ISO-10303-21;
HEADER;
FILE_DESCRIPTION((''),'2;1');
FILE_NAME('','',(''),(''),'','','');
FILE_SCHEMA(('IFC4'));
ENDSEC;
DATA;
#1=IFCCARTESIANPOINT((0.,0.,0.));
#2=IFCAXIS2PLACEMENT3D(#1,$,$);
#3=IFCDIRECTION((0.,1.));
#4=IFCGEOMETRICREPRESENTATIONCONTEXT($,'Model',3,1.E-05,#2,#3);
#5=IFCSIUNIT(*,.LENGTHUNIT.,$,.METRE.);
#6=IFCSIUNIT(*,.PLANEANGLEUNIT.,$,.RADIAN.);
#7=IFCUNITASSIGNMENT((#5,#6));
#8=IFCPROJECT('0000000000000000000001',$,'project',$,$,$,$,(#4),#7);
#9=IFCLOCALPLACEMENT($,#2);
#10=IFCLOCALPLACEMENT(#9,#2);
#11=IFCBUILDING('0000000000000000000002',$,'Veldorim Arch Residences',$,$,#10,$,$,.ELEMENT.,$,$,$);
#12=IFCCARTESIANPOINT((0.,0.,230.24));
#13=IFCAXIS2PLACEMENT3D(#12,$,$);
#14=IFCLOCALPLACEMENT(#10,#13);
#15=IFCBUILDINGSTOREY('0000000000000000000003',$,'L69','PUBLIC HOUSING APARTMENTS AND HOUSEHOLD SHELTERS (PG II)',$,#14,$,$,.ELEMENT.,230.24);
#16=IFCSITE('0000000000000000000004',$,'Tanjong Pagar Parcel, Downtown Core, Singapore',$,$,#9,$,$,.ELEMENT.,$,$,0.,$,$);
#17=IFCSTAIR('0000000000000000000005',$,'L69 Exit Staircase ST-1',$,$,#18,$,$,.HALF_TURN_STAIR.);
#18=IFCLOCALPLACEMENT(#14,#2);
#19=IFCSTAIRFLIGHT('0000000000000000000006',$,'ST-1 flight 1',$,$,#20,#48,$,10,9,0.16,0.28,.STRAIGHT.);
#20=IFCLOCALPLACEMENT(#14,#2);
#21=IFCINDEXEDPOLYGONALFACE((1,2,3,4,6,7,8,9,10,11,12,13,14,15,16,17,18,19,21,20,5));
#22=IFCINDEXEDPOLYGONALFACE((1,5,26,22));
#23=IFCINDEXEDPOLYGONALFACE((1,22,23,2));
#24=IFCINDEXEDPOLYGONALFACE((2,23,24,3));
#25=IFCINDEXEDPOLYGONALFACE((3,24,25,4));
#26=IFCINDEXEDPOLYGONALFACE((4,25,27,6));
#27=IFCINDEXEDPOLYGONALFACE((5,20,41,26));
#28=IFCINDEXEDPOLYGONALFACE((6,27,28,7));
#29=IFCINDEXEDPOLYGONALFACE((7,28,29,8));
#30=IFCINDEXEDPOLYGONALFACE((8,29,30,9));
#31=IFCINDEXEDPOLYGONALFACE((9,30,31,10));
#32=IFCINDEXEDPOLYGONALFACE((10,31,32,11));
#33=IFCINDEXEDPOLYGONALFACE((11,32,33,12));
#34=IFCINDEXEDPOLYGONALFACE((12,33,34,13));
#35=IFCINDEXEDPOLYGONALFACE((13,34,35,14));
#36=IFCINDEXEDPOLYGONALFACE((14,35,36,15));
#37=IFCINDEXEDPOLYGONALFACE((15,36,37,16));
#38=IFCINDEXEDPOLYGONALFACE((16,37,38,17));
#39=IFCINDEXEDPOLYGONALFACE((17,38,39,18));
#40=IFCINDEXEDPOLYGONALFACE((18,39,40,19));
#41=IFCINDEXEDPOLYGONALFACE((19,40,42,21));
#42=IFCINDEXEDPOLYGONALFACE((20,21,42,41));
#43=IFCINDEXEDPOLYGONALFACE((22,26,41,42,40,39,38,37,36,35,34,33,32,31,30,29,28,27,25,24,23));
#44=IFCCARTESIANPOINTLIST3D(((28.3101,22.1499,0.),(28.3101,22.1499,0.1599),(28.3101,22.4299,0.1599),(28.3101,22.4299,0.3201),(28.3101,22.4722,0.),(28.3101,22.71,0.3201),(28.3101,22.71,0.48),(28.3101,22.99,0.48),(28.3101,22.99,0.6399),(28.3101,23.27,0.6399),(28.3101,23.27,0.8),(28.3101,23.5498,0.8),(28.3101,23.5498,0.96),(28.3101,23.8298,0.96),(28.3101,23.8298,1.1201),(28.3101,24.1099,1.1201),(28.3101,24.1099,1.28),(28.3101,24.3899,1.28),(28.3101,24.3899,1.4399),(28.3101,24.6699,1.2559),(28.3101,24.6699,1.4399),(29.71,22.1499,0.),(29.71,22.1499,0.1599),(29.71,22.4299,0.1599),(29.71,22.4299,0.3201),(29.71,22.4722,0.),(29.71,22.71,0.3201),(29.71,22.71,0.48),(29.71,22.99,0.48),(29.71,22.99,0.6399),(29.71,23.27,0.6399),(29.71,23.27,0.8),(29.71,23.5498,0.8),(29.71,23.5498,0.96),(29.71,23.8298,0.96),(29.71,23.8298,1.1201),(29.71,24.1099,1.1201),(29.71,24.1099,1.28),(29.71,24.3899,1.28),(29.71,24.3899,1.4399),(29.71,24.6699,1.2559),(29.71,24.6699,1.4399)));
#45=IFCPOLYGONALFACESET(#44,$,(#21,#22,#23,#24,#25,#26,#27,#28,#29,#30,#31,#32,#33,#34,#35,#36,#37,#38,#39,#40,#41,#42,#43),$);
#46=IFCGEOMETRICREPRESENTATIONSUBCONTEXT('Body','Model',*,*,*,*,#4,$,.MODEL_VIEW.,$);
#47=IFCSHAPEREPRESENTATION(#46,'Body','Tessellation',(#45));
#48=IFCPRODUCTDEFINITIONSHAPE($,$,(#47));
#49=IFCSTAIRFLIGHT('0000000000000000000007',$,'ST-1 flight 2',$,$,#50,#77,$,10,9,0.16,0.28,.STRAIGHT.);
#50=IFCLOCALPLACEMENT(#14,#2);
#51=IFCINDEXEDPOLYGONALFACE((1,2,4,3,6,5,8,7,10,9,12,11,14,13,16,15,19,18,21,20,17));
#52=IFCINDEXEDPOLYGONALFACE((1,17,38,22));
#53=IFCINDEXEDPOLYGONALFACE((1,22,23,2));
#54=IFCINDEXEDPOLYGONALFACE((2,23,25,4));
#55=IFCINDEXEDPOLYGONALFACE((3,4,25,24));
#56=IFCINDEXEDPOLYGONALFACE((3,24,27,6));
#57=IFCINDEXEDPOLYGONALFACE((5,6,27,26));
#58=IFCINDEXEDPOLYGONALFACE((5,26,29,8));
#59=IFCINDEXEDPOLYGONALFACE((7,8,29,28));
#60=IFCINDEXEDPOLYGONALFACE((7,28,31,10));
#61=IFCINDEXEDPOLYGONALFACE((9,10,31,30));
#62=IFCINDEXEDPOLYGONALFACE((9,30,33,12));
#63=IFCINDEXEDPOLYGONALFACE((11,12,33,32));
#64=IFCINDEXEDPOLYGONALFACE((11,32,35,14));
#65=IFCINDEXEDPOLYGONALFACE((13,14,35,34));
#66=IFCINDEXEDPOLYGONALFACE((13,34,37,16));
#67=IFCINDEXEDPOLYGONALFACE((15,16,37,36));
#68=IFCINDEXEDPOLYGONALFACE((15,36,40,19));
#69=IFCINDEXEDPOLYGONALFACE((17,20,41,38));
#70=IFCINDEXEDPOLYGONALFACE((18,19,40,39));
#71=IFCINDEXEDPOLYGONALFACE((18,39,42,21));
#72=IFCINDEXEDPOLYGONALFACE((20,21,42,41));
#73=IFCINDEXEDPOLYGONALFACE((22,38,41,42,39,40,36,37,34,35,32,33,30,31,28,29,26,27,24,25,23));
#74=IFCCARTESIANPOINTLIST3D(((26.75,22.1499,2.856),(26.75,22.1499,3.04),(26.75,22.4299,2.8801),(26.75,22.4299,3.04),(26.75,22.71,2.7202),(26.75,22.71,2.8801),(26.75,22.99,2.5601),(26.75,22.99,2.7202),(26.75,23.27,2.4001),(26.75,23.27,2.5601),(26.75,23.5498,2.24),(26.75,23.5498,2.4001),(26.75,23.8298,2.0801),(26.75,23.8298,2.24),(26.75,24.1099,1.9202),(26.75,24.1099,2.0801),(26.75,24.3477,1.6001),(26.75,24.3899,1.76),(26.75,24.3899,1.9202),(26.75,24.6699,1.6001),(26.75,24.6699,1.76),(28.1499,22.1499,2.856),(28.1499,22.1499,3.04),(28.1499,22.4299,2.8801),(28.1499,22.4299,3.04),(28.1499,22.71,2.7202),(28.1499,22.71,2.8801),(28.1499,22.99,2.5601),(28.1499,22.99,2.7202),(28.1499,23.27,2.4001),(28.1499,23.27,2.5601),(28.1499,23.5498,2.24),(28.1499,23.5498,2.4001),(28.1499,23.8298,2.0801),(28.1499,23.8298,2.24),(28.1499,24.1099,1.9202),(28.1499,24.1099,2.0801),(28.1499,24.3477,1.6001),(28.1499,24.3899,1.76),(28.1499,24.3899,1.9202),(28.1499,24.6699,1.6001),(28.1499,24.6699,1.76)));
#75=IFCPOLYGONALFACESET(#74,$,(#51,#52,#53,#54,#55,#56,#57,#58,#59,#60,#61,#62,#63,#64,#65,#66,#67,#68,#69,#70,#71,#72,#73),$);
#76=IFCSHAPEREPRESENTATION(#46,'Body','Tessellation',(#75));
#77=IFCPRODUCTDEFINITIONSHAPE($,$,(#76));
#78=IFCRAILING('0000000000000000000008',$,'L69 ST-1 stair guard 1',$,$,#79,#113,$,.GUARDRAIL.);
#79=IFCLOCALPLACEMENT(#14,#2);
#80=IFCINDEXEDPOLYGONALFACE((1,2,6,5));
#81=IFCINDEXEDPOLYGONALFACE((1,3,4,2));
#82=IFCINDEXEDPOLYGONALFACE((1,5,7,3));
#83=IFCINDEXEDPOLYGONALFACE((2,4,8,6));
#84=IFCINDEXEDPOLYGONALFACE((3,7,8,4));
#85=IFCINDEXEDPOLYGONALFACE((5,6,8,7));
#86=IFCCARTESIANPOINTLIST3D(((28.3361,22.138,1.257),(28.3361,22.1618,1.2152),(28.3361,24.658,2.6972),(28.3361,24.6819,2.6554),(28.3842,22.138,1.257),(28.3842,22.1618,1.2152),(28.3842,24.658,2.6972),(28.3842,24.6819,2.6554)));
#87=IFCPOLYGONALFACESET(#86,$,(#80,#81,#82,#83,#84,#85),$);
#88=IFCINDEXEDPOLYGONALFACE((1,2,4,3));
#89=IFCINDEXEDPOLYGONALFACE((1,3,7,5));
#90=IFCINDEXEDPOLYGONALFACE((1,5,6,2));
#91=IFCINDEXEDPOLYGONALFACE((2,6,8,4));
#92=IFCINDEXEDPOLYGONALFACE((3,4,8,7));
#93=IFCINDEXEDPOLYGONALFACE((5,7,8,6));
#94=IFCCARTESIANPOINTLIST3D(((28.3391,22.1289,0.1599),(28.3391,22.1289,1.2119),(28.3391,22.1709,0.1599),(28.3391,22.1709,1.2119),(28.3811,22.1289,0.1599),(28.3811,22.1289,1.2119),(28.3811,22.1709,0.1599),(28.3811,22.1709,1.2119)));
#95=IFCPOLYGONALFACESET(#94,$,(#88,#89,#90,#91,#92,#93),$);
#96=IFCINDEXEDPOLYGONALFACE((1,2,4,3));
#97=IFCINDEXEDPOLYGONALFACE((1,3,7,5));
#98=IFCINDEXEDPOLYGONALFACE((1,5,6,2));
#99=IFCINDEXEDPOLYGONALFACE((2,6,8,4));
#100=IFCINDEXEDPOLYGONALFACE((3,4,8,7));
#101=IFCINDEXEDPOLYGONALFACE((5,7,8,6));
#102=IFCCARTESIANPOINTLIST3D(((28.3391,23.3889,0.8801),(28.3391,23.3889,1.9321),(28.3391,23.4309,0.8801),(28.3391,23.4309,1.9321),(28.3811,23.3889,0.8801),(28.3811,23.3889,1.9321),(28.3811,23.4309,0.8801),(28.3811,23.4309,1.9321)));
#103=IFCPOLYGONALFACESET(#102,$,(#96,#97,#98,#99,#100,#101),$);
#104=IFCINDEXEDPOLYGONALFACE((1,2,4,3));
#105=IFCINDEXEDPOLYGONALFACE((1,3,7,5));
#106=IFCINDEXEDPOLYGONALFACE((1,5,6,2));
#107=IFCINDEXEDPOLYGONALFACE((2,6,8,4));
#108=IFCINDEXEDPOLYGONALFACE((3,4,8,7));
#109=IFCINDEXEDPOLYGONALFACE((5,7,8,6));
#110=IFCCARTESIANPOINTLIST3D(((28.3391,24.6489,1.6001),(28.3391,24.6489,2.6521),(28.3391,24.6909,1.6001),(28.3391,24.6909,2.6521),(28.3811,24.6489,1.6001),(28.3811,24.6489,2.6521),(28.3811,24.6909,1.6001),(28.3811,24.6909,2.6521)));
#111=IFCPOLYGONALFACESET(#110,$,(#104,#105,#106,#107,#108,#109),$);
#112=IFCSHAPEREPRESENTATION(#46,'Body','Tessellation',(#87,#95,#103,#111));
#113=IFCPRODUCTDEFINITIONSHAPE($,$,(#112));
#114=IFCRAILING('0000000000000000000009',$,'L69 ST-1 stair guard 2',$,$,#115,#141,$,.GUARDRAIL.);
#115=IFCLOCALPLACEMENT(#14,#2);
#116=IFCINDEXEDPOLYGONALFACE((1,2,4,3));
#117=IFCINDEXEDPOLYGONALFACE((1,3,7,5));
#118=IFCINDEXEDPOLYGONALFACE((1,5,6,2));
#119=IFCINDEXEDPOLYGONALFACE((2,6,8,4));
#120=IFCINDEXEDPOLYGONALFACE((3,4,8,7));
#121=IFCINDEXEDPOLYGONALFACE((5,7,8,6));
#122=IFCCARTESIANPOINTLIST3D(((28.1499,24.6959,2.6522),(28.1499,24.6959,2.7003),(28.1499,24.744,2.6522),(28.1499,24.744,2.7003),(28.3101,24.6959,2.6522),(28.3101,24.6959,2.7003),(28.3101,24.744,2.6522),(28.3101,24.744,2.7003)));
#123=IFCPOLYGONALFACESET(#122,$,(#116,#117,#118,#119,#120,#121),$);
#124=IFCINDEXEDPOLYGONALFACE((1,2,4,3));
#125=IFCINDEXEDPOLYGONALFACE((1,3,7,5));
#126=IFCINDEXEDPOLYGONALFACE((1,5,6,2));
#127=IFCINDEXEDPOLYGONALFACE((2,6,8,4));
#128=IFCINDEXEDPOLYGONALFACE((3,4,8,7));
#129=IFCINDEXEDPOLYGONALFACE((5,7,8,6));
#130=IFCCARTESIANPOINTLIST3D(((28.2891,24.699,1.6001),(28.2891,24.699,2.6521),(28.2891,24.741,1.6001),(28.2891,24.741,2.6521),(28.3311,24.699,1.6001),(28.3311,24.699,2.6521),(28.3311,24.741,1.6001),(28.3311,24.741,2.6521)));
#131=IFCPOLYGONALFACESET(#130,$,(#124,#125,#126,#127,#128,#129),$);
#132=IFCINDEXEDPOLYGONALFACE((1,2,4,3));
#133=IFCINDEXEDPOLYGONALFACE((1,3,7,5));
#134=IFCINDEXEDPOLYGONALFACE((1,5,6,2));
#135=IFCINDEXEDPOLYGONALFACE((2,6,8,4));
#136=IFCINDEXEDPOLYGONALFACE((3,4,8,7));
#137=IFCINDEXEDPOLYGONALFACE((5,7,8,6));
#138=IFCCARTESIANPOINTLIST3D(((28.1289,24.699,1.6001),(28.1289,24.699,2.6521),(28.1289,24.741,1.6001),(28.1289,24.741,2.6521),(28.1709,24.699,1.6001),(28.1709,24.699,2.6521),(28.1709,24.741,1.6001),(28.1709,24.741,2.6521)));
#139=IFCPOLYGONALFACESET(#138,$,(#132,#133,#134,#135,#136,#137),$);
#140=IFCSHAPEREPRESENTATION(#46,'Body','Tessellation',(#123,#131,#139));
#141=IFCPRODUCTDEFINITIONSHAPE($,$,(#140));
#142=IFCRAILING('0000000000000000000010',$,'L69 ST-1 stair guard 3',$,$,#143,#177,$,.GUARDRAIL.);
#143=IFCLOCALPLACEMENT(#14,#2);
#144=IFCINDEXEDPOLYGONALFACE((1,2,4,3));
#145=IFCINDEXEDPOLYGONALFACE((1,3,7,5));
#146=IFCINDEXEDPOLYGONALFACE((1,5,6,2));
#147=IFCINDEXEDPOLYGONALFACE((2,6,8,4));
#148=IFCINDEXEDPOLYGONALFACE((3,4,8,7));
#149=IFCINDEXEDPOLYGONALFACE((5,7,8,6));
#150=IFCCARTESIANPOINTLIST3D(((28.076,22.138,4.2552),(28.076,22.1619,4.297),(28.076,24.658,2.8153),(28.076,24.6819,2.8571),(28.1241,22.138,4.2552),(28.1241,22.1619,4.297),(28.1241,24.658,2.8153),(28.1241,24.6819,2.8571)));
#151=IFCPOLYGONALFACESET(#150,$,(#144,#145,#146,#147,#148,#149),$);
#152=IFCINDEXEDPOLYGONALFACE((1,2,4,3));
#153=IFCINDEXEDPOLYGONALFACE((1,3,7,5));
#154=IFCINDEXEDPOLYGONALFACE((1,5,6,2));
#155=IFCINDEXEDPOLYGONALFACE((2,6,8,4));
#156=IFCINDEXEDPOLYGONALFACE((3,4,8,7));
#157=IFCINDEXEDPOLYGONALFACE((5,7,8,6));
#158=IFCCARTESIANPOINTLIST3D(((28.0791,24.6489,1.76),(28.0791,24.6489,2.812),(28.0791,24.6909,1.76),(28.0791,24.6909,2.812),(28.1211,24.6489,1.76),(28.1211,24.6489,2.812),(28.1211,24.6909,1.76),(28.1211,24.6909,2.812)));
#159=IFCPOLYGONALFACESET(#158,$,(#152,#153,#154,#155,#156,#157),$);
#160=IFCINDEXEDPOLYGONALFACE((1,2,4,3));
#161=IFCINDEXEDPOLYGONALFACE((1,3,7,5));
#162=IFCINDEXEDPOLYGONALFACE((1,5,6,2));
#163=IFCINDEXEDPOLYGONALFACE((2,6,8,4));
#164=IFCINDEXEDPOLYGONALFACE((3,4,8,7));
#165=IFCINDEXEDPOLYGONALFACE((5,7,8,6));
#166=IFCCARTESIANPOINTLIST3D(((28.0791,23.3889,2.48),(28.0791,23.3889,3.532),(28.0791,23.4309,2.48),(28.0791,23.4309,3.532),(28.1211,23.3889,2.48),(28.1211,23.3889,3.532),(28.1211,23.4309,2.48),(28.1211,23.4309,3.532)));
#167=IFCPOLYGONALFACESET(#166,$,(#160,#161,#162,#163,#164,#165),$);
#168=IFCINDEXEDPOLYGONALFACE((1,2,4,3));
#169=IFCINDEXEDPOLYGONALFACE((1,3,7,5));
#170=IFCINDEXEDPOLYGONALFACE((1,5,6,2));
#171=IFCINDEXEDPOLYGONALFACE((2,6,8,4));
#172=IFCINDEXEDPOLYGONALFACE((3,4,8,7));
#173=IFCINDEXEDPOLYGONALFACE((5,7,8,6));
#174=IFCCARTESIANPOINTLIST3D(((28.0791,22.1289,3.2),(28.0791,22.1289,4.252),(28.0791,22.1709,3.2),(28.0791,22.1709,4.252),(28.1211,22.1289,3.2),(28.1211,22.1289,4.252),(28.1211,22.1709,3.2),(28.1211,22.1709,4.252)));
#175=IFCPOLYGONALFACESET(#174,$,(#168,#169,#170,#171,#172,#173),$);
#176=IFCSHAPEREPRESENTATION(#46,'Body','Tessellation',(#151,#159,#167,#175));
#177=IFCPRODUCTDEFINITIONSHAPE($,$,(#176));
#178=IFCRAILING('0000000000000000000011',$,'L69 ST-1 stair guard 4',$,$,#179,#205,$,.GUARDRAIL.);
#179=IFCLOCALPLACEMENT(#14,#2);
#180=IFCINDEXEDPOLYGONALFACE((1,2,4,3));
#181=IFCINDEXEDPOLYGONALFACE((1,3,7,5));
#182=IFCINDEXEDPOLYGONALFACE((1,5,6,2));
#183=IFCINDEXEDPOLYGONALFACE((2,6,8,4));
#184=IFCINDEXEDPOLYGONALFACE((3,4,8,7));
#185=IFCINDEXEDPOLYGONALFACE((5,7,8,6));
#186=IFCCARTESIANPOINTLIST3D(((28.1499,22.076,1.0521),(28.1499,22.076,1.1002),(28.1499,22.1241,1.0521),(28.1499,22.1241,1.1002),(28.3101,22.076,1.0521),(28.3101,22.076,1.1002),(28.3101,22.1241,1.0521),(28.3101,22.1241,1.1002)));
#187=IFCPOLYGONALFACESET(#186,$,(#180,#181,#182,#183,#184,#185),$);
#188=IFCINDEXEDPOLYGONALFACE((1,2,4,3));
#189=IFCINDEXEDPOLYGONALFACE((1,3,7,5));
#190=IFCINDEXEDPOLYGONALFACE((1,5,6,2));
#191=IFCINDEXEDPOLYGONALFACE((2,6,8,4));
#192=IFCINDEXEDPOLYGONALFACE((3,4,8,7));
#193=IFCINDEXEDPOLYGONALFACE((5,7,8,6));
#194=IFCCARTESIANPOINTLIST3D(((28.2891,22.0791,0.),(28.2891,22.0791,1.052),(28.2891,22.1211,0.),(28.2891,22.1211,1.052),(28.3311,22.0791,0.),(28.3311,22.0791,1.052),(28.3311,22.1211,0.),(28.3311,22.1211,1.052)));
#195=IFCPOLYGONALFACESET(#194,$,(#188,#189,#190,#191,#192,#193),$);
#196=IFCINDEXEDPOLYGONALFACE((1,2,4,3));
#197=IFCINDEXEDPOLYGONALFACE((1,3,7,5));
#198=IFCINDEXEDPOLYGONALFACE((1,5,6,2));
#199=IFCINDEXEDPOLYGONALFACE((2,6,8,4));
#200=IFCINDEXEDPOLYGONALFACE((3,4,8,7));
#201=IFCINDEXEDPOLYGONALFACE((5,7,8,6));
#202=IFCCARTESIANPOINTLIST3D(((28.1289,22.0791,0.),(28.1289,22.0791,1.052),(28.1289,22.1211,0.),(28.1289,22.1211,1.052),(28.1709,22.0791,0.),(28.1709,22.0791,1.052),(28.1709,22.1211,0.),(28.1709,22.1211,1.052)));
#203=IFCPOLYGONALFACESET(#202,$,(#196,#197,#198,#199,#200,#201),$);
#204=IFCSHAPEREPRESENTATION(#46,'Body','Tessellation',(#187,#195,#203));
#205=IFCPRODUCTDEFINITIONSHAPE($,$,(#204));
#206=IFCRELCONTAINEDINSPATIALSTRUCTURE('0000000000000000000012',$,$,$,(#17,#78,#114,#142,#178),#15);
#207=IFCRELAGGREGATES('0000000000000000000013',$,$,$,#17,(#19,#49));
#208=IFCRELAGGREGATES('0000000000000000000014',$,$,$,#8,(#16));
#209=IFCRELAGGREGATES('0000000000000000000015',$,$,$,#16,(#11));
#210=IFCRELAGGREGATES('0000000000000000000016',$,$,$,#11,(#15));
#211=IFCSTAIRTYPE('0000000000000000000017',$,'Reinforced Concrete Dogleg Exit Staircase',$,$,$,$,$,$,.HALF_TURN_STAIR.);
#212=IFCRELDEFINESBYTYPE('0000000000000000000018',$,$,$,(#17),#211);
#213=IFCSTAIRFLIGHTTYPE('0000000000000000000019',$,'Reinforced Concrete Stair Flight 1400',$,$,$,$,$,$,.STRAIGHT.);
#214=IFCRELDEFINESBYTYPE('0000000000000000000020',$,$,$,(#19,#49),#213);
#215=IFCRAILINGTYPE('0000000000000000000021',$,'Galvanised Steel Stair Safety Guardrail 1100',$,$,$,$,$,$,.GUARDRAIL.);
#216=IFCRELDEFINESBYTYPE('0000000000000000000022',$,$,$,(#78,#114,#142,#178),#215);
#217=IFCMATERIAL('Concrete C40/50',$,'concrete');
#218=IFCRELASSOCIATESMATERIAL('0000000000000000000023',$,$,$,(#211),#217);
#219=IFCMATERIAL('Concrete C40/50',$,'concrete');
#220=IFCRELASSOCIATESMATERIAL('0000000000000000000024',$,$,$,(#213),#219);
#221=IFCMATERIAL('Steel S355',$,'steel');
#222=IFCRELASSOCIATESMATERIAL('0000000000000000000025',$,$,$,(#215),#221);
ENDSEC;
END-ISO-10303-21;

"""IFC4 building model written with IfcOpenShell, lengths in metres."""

from ifc_helpers import new_model, si_unit, direction, frame, origin, origin_2d, place, context, subcontext, project, spatial, polyline, rectangle, outline, extrude, material, type_object, element, aggregate, save


model = new_model("IFC4")

# Units and contexts
model_context = context("Model", 3, precision=1e-05, world=origin(), true_north=direction((0.0, 1.0)))
body_context = subcontext(model_context, "Body", "Model", "MODEL_VIEW")
ifc_project = project(units=[si_unit("LENGTHUNIT", "METRE"), si_unit("PLANEANGLEUNIT", "RADIAN")], contexts=[model_context])

# Site, building, storey
site_placement = place(None, origin())
site = spatial("IfcSite", under=ifc_project, at=site_placement, Name="Tanjong Pagar Parcel, Downtown Core, Singapore", CompositionType="ELEMENT", RefElevation=0.0)
building_placement = place(site_placement, origin())
building = spatial("IfcBuilding", under=site, at=building_placement, Name="Veldorim Arch Residences", CompositionType="ELEMENT")
storey_placement = place(building_placement, frame((0.0, 0.0, 230.24)))
storey = spatial("IfcBuildingStorey", under=building, at=storey_placement, Name="L69", Description="PUBLIC HOUSING APARTMENTS AND HOUSEHOLD SHELTERS (PG II)", CompositionType="ELEMENT", Elevation=230.24)

# Stair, stair flights
ifc_material_1 = material(Name="Concrete C40/50", Category="concrete")
stair_type = type_object("IfcStairType", Name="Reinforced Concrete Dogleg Exit Staircase", PredefinedType="HALF_TURN_STAIR", material=ifc_material_1)
stair_placement = place(storey_placement, origin())
stair = element("IfcStair", 1, at=stair_placement, inside=storey, type_object=stair_type, Name="L69 Exit Staircase ST-1", PredefinedType="HALF_TURN_STAIR")
ifc_material_2 = material(Name="Concrete C40/50", Category="concrete")
stair_flight_type = type_object("IfcStairFlightType", Name="Reinforced Concrete Stair Flight 1400", PredefinedType="STRAIGHT", material=ifc_material_2)
stair_flight_1_placement = place(storey_placement, frame((29.01, 22.1499, 0.0), z_axis=(0.0, 0.0, 1.0), x_axis=(0.0, 1.0, 0.0)))
stair_flight_1 = element("IfcStairFlight", 2, at=stair_flight_1_placement, type_object=stair_flight_type, Name="ST-1 flight 1", NumberOfRisers=10, NumberOfTreads=9, PredefinedType="STRAIGHT", RiserHeight=0.16, TreadLength=0.28, context=body_context, shape_type="SweptSolid", body=[
    extrude(outline(polyline([(0.0, 0.0), (0.0, 0.1599), (0.28, 0.1599), (0.28, 0.3201), (0.5601, 0.3201), (0.5601, 0.48), (0.8401, 0.48), (0.8401, 0.6399), (1.1201, 0.6399), (1.1201, 0.8), (1.3999, 0.8), (1.3999, 0.96), (1.6799, 0.96), (1.6799, 1.1201), (1.96, 1.1201), (1.96, 1.28), (2.24, 1.28), (2.24, 1.4399), (2.52, 1.4399), (2.52, 1.6001), (2.52, 1.2559), (0.3223, 0.0), (0.0, 0.0)])), frame((0.0, 0.7, 0.0), z_axis=(0.0, -1.0, 0.0), x_axis=(1.0, 0.0, 0.0)), (0.0, 0.0, 1.0), 1.3999),
])
stair_flight_2_placement = place(storey_placement, frame((27.45, 24.6699, 1.6001), z_axis=(0.0, 0.0, 1.0), x_axis=(0.0, -1.0, 0.0)))
stair_flight_2 = element("IfcStairFlight", 3, at=stair_flight_2_placement, type_object=stair_flight_type, Name="ST-1 flight 2", NumberOfRisers=10, NumberOfTreads=9, PredefinedType="STRAIGHT", RiserHeight=0.16, TreadLength=0.28, context=body_context, shape_type="SweptSolid", body=[
    extrude(outline(polyline([(0.0, 0.0), (0.0, 0.1599), (0.28, 0.1599), (0.28, 0.3201), (0.5601, 0.3201), (0.5601, 0.48), (0.8401, 0.48), (0.8401, 0.6399), (1.1201, 0.6399), (1.1201, 0.8), (1.3999, 0.8), (1.3999, 0.96), (1.6799, 0.96), (1.6799, 1.1201), (1.96, 1.1201), (1.96, 1.28), (2.24, 1.28), (2.24, 1.4399), (2.52, 1.4399), (2.52, 1.6001), (2.52, 1.2559), (0.3223, 0.0), (0.0, 0.0)])), frame((0.0, 0.7, 0.0), z_axis=(0.0, -1.0, 0.0), x_axis=(1.0, 0.0, 0.0)), (0.0, 0.0, 1.0), 1.3999),
])
aggregate(stair, [stair_flight_1, stair_flight_2])

# Railings
ifc_material_3 = material(Name="Steel S355", Category="steel")
railing_type_1 = type_object("IfcRailingType", Name="Galvanised Steel Stair Safety Guardrail 1100", PredefinedType="GUARDRAIL", material=ifc_material_3)
railing_1_placement = place(storey_placement, frame((28.3601, 22.1499, 0.1599)))
element("IfcRailing", 4, at=railing_1_placement, inside=storey, type_object=railing_type_1, Name="L69 ST-1 stair guard 1", PredefinedType="GUARDRAIL", context=body_context, shape_type="SweptSolid", body=[
    extrude(rectangle(XDim=0.0481, YDim=0.0481, at=origin_2d()), frame((0.0, 0.0, 1.0762), z_axis=(0.0, 0.868217, 0.496184), x_axis=(-1.0, 0.0, 0.0)), (0.0, 0.0, 1.0), 2.9026),
    extrude(rectangle(XDim=0.042, YDim=0.042, at=origin_2d()), origin(), (0.0, 0.0, 1.0), 1.052),
    extrude(rectangle(XDim=0.042, YDim=0.042, at=origin_2d()), frame((0.0, 1.26, 0.7202)), (0.0, 0.0, 1.0), 1.052),
    extrude(rectangle(XDim=0.042, YDim=0.042, at=origin_2d()), frame((0.0, 2.52, 1.4402)), (0.0, 0.0, 1.0), 1.052),
])
railing_2_placement = place(storey_placement, frame((28.3101, 24.72, 1.6001)))
element("IfcRailing", 5, at=railing_2_placement, inside=storey, type_object=railing_type_1, Name="L69 ST-1 stair guard 2", PredefinedType="GUARDRAIL", context=body_context, shape_type="SweptSolid", body=[
    extrude(rectangle(XDim=0.0481, YDim=0.0481, at=origin_2d()), frame((0.0, 0.0, 1.0762), z_axis=(-1.0, 0.0, 0.0), x_axis=(0.0, -1.0, 0.0)), (0.0, 0.0, 1.0), 0.1602),
    extrude(rectangle(XDim=0.042, YDim=0.042, at=origin_2d()), origin(), (0.0, 0.0, 1.0), 1.052),
    extrude(rectangle(XDim=0.042, YDim=0.042, at=origin_2d()), frame((-0.1602, 0.0, 0.0)), (0.0, 0.0, 1.0), 1.052),
])
railing_3_placement = place(storey_placement, frame((28.1001, 24.6699, 1.76)))
element("IfcRailing", 6, at=railing_3_placement, inside=storey, type_object=railing_type_1, Name="L69 ST-1 stair guard 3", PredefinedType="GUARDRAIL", context=body_context, shape_type="SweptSolid", body=[
    extrude(rectangle(XDim=0.0481, YDim=0.0481, at=origin_2d()), frame((0.0, 0.0, 1.0762), z_axis=(0.0, -0.868253, 0.496121), x_axis=(1.0, 0.0, 0.0)), (0.0, 0.0, 1.0), 2.9023),
    extrude(rectangle(XDim=0.042, YDim=0.042, at=origin_2d()), origin(), (0.0, 0.0, 1.0), 1.052),
    extrude(rectangle(XDim=0.042, YDim=0.042, at=origin_2d()), frame((0.0, -1.26, 0.72)), (0.0, 0.0, 1.0), 1.052),
    extrude(rectangle(XDim=0.042, YDim=0.042, at=origin_2d()), frame((0.0, -2.52, 1.4399)), (0.0, 0.0, 1.0), 1.052),
])
railing_4_placement = place(storey_placement, frame((28.3101, 22.1001, 0.0)))
element("IfcRailing", 7, at=railing_4_placement, inside=storey, type_object=railing_type_1, Name="L69 ST-1 stair guard 4", PredefinedType="GUARDRAIL", context=body_context, shape_type="SweptSolid", body=[
    extrude(rectangle(XDim=0.0481, YDim=0.0481, at=origin_2d()), frame((0.0, 0.0, 1.0762), z_axis=(-1.0, 0.0, 0.0), x_axis=(0.0, -1.0, 0.0)), (0.0, 0.0, 1.0), 0.1602),
    extrude(rectangle(XDim=0.042, YDim=0.042, at=origin_2d()), origin(), (0.0, 0.0, 1.0), 1.052),
    extrude(rectangle(XDim=0.042, YDim=0.042, at=origin_2d()), frame((-0.1602, 0.0, 0.0)), (0.0, 0.0, 1.0), 1.052),
])

save(model, "model.ifc")
